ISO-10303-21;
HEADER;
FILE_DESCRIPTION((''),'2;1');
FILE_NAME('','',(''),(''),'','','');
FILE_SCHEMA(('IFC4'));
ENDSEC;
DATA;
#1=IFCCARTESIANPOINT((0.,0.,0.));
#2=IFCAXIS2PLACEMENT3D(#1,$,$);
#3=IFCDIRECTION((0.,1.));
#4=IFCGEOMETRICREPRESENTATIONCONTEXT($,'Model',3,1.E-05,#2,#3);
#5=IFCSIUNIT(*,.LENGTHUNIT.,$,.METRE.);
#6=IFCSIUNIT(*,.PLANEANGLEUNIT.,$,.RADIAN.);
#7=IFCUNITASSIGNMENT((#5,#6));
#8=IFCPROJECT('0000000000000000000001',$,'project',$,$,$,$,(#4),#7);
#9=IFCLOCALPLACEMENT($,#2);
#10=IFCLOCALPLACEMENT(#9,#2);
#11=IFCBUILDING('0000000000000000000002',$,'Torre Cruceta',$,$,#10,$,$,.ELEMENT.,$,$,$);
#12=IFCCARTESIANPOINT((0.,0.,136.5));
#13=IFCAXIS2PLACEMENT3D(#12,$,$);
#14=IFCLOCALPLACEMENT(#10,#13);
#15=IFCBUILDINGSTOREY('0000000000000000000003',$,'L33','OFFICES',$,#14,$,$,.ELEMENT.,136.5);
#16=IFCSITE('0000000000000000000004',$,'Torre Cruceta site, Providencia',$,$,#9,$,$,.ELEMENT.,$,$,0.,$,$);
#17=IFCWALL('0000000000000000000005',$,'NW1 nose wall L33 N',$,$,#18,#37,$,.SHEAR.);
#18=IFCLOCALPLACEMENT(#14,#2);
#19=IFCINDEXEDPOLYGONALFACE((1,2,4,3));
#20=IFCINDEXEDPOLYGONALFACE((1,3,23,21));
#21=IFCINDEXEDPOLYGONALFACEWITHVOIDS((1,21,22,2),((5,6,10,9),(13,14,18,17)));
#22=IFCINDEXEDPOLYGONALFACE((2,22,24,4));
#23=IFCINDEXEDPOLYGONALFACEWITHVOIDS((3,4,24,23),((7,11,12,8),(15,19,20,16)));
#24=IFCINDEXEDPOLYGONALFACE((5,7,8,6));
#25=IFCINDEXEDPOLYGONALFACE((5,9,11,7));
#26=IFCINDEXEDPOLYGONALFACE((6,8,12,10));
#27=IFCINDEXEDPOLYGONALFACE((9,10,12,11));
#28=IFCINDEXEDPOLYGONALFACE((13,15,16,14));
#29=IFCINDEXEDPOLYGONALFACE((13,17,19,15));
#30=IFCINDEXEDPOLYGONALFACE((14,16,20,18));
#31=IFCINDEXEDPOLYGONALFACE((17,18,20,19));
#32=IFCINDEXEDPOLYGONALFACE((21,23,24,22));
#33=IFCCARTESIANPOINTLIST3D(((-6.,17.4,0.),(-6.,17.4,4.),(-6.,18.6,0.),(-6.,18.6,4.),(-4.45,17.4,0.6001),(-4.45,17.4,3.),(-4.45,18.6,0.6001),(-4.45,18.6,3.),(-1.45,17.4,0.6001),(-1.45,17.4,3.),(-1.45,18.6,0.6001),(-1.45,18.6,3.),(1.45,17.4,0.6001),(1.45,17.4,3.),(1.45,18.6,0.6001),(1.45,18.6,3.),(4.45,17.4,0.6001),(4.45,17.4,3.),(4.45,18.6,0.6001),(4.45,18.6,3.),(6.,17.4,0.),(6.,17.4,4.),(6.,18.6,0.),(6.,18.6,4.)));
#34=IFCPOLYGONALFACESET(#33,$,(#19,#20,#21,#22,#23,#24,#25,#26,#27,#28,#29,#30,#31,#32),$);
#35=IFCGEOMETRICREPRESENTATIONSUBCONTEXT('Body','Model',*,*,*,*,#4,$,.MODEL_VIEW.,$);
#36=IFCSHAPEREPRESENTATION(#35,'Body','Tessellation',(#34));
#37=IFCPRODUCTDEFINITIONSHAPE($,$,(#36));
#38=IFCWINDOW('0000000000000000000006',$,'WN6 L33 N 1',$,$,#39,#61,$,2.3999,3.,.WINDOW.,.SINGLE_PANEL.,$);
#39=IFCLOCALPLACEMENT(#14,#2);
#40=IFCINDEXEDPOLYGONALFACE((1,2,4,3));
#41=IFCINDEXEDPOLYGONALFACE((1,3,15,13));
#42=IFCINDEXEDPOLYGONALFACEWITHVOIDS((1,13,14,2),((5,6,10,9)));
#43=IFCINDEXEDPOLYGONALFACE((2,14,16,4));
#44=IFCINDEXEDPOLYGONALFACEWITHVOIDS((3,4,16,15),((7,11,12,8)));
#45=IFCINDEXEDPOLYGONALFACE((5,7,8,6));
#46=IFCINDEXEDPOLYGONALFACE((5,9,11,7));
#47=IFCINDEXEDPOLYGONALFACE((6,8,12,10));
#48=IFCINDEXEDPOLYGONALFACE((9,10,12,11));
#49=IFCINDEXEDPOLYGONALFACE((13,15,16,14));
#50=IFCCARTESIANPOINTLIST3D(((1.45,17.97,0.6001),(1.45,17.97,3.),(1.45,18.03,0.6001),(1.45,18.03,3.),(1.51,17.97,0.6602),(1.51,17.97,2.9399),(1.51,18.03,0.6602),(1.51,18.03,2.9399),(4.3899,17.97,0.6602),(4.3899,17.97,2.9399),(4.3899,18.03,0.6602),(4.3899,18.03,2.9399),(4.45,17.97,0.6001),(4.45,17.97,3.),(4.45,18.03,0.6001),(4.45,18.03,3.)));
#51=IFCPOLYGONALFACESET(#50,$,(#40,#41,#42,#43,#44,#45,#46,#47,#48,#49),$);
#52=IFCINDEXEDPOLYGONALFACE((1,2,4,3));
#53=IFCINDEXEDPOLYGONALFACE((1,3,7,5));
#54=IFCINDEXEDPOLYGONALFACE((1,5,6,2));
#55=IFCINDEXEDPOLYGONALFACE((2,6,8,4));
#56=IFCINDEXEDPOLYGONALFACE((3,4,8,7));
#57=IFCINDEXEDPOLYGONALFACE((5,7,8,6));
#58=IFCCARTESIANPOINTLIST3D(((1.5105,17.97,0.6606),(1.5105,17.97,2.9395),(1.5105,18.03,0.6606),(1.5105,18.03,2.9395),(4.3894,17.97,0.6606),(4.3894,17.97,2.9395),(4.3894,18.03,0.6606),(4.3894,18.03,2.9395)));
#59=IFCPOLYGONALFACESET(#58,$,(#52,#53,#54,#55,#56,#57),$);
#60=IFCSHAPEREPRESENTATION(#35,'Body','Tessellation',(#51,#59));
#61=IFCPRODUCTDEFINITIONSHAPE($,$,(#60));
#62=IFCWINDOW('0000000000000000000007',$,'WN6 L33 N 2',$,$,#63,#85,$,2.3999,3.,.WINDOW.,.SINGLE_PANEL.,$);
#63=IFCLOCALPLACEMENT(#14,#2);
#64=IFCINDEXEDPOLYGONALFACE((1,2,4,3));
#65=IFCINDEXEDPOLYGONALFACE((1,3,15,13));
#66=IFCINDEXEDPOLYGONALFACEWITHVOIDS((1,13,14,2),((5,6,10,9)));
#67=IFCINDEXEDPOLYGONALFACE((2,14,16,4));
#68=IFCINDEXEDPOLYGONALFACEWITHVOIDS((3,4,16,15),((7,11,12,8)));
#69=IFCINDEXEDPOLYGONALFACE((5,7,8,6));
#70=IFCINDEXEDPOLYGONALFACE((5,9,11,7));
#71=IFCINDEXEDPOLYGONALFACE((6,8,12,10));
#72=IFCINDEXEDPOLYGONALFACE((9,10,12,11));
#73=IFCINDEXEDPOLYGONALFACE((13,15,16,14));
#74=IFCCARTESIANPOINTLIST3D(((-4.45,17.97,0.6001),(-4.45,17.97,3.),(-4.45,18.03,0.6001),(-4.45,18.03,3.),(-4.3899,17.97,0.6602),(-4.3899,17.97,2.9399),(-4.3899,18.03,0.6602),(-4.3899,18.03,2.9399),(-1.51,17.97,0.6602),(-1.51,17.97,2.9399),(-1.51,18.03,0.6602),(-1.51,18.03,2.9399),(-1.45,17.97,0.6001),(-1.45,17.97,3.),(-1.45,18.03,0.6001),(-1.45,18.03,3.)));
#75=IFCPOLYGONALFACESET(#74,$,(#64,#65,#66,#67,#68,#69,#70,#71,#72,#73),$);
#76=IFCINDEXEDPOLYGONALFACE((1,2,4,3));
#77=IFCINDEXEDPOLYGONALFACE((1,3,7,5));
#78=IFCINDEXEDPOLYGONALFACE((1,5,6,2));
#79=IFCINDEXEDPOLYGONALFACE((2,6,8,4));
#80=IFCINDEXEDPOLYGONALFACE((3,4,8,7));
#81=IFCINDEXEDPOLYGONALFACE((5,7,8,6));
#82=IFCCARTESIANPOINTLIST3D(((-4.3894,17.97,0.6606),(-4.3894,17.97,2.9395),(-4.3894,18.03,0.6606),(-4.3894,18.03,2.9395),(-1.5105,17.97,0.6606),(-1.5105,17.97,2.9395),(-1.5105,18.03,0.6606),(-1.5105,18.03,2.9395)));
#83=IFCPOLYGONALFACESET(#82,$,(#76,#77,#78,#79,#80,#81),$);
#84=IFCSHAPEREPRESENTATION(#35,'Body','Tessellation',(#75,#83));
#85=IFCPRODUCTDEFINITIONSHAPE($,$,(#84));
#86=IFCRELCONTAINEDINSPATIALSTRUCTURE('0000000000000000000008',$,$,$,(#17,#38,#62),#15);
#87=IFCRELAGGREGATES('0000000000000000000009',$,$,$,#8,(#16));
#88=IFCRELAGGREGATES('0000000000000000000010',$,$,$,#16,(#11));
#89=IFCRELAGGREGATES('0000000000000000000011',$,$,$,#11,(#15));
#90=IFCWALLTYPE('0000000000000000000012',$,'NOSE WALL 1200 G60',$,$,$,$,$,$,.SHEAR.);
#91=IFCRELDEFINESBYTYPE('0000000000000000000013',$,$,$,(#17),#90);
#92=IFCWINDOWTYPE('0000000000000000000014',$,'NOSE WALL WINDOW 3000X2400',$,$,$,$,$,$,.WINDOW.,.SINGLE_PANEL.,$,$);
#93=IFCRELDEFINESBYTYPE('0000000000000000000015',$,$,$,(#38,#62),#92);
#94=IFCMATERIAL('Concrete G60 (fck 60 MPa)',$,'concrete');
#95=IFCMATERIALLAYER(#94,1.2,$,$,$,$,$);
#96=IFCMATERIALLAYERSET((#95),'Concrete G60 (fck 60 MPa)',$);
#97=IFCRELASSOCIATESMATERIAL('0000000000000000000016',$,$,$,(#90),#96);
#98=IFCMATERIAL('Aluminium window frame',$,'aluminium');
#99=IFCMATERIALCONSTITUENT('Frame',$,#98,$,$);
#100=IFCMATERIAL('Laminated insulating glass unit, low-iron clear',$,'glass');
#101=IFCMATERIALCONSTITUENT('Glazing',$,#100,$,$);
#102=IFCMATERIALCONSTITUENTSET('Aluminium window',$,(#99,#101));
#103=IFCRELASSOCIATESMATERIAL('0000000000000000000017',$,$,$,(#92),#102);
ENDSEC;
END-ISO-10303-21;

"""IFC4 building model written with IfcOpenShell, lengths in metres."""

from ifc_helpers import new_model, si_unit, direction, frame, frame_2d, origin, place, context, subcontext, project, spatial, rectangle, hollow_rectangle, extrude, material, layer, layer_set, constituent, constituent_set, type_object, element, fill, save


model = new_model("IFC4")

# Units and contexts
model_context = context("Model", 3, precision=1e-05, world=origin(), true_north=direction((0.0, 1.0)))
body_context = subcontext(model_context, "Body", "Model", "MODEL_VIEW")
ifc_project = project(units=[si_unit("LENGTHUNIT", "METRE"), si_unit("PLANEANGLEUNIT", "RADIAN")], contexts=[model_context])

# Site, building, storey
site_placement = place(None, origin())
site = spatial("IfcSite", under=ifc_project, at=site_placement, Name="Torre Cruceta site, Providencia", CompositionType="ELEMENT", RefElevation=0.0)
building_placement = place(site_placement, origin())
building = spatial("IfcBuilding", under=site, at=building_placement, Name="Torre Cruceta", CompositionType="ELEMENT")
storey_placement = place(building_placement, frame((0.0, 0.0, 136.5)))
storey = spatial("IfcBuildingStorey", under=building, at=storey_placement, Name="L33", Description="OFFICES", CompositionType="ELEMENT", Elevation=136.5)

# Wall, openings, windows
ifc_material_1 = material(Name="Concrete G60 (fck 60 MPa)", Category="concrete")
ifc_layer_1 = layer(ifc_material_1, 1.2)
ifc_layer_set_1 = layer_set([ifc_layer_1], Name="Concrete G60 (fck 60 MPa)")
wall_type_1 = type_object("IfcWallType", Name="NOSE WALL 1200 G60", PredefinedType="SHEAR", material=ifc_layer_set_1)
wall_1_placement = place(storey_placement, frame((6.0, 18.0, 0.0), z_axis=(0.0, 0.0, 1.0), x_axis=(-1.0, 0.0, 0.0)))
wall_1 = element("IfcWall", 1, at=wall_1_placement, inside=storey, type_object=wall_type_1, Name="NW1 nose wall L33 N", PredefinedType="SHEAR", context=body_context, shape_type="SweptSolid", body=[
    extrude(rectangle(XDim=12.0, YDim=1.2, at=frame_2d((6.0, 0.0))), origin(), (0.0, 0.0, 1.0), 4.0),
])
opening_1_placement = place(wall_1_placement, frame((1.55, 0.0, 0.6001)))
opening_1 = element("IfcOpeningElement", 2, at=opening_1_placement, cuts=wall_1, PredefinedType="OPENING", context=body_context, shape_type="SweptSolid", body=[
    extrude(rectangle(XDim=3.0, YDim=2.3999, at=frame_2d((1.5, 1.2))), frame((0.0, 0.6099, 0.0), z_axis=(0.0, -1.0, 0.0), x_axis=(1.0, 0.0, 0.0)), (0.0, 0.0, 1.0), 1.22),
])
opening_2_placement = place(wall_1_placement, frame((7.45, 0.0, 0.6001)))
opening_2 = element("IfcOpeningElement", 3, at=opening_2_placement, cuts=wall_1, PredefinedType="OPENING", context=body_context, shape_type="SweptSolid", body=[
    extrude(rectangle(XDim=3.0, YDim=2.3999, at=frame_2d((1.5, 1.2))), frame((0.0, 0.6099, 0.0), z_axis=(0.0, -1.0, 0.0), x_axis=(1.0, 0.0, 0.0)), (0.0, 0.0, 1.0), 1.22),
])
ifc_material_2 = material(Name="Aluminium window frame", Category="aluminium")
ifc_constituent_1 = constituent(ifc_material_2, Name="Frame")
ifc_material_3 = material(Name="Laminated insulating glass unit, low-iron clear", Category="glass")
ifc_constituent_2 = constituent(ifc_material_3, Name="Glazing")
ifc_constituent_set_1 = constituent_set(constituents=[ifc_constituent_1, ifc_constituent_2], Name="Aluminium window")
window_type = type_object("IfcWindowType", Name="NOSE WALL WINDOW 3000X2400", PartitioningType="SINGLE_PANEL", PredefinedType="WINDOW", material=ifc_constituent_set_1)
window_1_placement = place(opening_1_placement, origin())
window_1 = element("IfcWindow", 4, at=window_1_placement, inside=storey, type_object=window_type, Name="WN6 L33 N 1", OverallHeight=2.3999, OverallWidth=3.0, PartitioningType="SINGLE_PANEL", PredefinedType="WINDOW", context=body_context, shape_type="SweptSolid", body=[
    extrude(hollow_rectangle(XDim=3.0, YDim=2.3999, WallThickness=0.0601, at=frame_2d((1.5, 1.2))), frame((0.0, 0.03, 0.0), z_axis=(0.0, -1.0, 0.0), x_axis=(1.0, 0.0, 0.0)), (0.0, 0.0, 1.0), 0.0601),
    extrude(rectangle(XDim=2.8789, YDim=2.2788, at=frame_2d((1.5, 1.2))), frame((0.0, 0.03, 0.0), z_axis=(0.0, -1.0, 0.0), x_axis=(1.0, 0.0, 0.0)), (0.0, 0.0, 1.0), 0.0601),
])
fill(opening_1, window_1)
window_2_placement = place(opening_2_placement, origin())
window_2 = element("IfcWindow", 5, at=window_2_placement, inside=storey, type_object=window_type, Name="WN6 L33 N 2", OverallHeight=2.3999, OverallWidth=3.0, PartitioningType="SINGLE_PANEL", PredefinedType="WINDOW", context=body_context, shape_type="SweptSolid", body=[
    extrude(hollow_rectangle(XDim=3.0, YDim=2.3999, WallThickness=0.0601, at=frame_2d((1.5, 1.2))), frame((0.0, 0.03, 0.0), z_axis=(0.0, -1.0, 0.0), x_axis=(1.0, 0.0, 0.0)), (0.0, 0.0, 1.0), 0.0601),
    extrude(rectangle(XDim=2.8789, YDim=2.2788, at=frame_2d((1.5, 1.2))), frame((0.0, 0.03, 0.0), z_axis=(0.0, -1.0, 0.0), x_axis=(1.0, 0.0, 0.0)), (0.0, 0.0, 1.0), 0.0601),
])
fill(opening_2, window_2)

save(model, "model.ifc")
